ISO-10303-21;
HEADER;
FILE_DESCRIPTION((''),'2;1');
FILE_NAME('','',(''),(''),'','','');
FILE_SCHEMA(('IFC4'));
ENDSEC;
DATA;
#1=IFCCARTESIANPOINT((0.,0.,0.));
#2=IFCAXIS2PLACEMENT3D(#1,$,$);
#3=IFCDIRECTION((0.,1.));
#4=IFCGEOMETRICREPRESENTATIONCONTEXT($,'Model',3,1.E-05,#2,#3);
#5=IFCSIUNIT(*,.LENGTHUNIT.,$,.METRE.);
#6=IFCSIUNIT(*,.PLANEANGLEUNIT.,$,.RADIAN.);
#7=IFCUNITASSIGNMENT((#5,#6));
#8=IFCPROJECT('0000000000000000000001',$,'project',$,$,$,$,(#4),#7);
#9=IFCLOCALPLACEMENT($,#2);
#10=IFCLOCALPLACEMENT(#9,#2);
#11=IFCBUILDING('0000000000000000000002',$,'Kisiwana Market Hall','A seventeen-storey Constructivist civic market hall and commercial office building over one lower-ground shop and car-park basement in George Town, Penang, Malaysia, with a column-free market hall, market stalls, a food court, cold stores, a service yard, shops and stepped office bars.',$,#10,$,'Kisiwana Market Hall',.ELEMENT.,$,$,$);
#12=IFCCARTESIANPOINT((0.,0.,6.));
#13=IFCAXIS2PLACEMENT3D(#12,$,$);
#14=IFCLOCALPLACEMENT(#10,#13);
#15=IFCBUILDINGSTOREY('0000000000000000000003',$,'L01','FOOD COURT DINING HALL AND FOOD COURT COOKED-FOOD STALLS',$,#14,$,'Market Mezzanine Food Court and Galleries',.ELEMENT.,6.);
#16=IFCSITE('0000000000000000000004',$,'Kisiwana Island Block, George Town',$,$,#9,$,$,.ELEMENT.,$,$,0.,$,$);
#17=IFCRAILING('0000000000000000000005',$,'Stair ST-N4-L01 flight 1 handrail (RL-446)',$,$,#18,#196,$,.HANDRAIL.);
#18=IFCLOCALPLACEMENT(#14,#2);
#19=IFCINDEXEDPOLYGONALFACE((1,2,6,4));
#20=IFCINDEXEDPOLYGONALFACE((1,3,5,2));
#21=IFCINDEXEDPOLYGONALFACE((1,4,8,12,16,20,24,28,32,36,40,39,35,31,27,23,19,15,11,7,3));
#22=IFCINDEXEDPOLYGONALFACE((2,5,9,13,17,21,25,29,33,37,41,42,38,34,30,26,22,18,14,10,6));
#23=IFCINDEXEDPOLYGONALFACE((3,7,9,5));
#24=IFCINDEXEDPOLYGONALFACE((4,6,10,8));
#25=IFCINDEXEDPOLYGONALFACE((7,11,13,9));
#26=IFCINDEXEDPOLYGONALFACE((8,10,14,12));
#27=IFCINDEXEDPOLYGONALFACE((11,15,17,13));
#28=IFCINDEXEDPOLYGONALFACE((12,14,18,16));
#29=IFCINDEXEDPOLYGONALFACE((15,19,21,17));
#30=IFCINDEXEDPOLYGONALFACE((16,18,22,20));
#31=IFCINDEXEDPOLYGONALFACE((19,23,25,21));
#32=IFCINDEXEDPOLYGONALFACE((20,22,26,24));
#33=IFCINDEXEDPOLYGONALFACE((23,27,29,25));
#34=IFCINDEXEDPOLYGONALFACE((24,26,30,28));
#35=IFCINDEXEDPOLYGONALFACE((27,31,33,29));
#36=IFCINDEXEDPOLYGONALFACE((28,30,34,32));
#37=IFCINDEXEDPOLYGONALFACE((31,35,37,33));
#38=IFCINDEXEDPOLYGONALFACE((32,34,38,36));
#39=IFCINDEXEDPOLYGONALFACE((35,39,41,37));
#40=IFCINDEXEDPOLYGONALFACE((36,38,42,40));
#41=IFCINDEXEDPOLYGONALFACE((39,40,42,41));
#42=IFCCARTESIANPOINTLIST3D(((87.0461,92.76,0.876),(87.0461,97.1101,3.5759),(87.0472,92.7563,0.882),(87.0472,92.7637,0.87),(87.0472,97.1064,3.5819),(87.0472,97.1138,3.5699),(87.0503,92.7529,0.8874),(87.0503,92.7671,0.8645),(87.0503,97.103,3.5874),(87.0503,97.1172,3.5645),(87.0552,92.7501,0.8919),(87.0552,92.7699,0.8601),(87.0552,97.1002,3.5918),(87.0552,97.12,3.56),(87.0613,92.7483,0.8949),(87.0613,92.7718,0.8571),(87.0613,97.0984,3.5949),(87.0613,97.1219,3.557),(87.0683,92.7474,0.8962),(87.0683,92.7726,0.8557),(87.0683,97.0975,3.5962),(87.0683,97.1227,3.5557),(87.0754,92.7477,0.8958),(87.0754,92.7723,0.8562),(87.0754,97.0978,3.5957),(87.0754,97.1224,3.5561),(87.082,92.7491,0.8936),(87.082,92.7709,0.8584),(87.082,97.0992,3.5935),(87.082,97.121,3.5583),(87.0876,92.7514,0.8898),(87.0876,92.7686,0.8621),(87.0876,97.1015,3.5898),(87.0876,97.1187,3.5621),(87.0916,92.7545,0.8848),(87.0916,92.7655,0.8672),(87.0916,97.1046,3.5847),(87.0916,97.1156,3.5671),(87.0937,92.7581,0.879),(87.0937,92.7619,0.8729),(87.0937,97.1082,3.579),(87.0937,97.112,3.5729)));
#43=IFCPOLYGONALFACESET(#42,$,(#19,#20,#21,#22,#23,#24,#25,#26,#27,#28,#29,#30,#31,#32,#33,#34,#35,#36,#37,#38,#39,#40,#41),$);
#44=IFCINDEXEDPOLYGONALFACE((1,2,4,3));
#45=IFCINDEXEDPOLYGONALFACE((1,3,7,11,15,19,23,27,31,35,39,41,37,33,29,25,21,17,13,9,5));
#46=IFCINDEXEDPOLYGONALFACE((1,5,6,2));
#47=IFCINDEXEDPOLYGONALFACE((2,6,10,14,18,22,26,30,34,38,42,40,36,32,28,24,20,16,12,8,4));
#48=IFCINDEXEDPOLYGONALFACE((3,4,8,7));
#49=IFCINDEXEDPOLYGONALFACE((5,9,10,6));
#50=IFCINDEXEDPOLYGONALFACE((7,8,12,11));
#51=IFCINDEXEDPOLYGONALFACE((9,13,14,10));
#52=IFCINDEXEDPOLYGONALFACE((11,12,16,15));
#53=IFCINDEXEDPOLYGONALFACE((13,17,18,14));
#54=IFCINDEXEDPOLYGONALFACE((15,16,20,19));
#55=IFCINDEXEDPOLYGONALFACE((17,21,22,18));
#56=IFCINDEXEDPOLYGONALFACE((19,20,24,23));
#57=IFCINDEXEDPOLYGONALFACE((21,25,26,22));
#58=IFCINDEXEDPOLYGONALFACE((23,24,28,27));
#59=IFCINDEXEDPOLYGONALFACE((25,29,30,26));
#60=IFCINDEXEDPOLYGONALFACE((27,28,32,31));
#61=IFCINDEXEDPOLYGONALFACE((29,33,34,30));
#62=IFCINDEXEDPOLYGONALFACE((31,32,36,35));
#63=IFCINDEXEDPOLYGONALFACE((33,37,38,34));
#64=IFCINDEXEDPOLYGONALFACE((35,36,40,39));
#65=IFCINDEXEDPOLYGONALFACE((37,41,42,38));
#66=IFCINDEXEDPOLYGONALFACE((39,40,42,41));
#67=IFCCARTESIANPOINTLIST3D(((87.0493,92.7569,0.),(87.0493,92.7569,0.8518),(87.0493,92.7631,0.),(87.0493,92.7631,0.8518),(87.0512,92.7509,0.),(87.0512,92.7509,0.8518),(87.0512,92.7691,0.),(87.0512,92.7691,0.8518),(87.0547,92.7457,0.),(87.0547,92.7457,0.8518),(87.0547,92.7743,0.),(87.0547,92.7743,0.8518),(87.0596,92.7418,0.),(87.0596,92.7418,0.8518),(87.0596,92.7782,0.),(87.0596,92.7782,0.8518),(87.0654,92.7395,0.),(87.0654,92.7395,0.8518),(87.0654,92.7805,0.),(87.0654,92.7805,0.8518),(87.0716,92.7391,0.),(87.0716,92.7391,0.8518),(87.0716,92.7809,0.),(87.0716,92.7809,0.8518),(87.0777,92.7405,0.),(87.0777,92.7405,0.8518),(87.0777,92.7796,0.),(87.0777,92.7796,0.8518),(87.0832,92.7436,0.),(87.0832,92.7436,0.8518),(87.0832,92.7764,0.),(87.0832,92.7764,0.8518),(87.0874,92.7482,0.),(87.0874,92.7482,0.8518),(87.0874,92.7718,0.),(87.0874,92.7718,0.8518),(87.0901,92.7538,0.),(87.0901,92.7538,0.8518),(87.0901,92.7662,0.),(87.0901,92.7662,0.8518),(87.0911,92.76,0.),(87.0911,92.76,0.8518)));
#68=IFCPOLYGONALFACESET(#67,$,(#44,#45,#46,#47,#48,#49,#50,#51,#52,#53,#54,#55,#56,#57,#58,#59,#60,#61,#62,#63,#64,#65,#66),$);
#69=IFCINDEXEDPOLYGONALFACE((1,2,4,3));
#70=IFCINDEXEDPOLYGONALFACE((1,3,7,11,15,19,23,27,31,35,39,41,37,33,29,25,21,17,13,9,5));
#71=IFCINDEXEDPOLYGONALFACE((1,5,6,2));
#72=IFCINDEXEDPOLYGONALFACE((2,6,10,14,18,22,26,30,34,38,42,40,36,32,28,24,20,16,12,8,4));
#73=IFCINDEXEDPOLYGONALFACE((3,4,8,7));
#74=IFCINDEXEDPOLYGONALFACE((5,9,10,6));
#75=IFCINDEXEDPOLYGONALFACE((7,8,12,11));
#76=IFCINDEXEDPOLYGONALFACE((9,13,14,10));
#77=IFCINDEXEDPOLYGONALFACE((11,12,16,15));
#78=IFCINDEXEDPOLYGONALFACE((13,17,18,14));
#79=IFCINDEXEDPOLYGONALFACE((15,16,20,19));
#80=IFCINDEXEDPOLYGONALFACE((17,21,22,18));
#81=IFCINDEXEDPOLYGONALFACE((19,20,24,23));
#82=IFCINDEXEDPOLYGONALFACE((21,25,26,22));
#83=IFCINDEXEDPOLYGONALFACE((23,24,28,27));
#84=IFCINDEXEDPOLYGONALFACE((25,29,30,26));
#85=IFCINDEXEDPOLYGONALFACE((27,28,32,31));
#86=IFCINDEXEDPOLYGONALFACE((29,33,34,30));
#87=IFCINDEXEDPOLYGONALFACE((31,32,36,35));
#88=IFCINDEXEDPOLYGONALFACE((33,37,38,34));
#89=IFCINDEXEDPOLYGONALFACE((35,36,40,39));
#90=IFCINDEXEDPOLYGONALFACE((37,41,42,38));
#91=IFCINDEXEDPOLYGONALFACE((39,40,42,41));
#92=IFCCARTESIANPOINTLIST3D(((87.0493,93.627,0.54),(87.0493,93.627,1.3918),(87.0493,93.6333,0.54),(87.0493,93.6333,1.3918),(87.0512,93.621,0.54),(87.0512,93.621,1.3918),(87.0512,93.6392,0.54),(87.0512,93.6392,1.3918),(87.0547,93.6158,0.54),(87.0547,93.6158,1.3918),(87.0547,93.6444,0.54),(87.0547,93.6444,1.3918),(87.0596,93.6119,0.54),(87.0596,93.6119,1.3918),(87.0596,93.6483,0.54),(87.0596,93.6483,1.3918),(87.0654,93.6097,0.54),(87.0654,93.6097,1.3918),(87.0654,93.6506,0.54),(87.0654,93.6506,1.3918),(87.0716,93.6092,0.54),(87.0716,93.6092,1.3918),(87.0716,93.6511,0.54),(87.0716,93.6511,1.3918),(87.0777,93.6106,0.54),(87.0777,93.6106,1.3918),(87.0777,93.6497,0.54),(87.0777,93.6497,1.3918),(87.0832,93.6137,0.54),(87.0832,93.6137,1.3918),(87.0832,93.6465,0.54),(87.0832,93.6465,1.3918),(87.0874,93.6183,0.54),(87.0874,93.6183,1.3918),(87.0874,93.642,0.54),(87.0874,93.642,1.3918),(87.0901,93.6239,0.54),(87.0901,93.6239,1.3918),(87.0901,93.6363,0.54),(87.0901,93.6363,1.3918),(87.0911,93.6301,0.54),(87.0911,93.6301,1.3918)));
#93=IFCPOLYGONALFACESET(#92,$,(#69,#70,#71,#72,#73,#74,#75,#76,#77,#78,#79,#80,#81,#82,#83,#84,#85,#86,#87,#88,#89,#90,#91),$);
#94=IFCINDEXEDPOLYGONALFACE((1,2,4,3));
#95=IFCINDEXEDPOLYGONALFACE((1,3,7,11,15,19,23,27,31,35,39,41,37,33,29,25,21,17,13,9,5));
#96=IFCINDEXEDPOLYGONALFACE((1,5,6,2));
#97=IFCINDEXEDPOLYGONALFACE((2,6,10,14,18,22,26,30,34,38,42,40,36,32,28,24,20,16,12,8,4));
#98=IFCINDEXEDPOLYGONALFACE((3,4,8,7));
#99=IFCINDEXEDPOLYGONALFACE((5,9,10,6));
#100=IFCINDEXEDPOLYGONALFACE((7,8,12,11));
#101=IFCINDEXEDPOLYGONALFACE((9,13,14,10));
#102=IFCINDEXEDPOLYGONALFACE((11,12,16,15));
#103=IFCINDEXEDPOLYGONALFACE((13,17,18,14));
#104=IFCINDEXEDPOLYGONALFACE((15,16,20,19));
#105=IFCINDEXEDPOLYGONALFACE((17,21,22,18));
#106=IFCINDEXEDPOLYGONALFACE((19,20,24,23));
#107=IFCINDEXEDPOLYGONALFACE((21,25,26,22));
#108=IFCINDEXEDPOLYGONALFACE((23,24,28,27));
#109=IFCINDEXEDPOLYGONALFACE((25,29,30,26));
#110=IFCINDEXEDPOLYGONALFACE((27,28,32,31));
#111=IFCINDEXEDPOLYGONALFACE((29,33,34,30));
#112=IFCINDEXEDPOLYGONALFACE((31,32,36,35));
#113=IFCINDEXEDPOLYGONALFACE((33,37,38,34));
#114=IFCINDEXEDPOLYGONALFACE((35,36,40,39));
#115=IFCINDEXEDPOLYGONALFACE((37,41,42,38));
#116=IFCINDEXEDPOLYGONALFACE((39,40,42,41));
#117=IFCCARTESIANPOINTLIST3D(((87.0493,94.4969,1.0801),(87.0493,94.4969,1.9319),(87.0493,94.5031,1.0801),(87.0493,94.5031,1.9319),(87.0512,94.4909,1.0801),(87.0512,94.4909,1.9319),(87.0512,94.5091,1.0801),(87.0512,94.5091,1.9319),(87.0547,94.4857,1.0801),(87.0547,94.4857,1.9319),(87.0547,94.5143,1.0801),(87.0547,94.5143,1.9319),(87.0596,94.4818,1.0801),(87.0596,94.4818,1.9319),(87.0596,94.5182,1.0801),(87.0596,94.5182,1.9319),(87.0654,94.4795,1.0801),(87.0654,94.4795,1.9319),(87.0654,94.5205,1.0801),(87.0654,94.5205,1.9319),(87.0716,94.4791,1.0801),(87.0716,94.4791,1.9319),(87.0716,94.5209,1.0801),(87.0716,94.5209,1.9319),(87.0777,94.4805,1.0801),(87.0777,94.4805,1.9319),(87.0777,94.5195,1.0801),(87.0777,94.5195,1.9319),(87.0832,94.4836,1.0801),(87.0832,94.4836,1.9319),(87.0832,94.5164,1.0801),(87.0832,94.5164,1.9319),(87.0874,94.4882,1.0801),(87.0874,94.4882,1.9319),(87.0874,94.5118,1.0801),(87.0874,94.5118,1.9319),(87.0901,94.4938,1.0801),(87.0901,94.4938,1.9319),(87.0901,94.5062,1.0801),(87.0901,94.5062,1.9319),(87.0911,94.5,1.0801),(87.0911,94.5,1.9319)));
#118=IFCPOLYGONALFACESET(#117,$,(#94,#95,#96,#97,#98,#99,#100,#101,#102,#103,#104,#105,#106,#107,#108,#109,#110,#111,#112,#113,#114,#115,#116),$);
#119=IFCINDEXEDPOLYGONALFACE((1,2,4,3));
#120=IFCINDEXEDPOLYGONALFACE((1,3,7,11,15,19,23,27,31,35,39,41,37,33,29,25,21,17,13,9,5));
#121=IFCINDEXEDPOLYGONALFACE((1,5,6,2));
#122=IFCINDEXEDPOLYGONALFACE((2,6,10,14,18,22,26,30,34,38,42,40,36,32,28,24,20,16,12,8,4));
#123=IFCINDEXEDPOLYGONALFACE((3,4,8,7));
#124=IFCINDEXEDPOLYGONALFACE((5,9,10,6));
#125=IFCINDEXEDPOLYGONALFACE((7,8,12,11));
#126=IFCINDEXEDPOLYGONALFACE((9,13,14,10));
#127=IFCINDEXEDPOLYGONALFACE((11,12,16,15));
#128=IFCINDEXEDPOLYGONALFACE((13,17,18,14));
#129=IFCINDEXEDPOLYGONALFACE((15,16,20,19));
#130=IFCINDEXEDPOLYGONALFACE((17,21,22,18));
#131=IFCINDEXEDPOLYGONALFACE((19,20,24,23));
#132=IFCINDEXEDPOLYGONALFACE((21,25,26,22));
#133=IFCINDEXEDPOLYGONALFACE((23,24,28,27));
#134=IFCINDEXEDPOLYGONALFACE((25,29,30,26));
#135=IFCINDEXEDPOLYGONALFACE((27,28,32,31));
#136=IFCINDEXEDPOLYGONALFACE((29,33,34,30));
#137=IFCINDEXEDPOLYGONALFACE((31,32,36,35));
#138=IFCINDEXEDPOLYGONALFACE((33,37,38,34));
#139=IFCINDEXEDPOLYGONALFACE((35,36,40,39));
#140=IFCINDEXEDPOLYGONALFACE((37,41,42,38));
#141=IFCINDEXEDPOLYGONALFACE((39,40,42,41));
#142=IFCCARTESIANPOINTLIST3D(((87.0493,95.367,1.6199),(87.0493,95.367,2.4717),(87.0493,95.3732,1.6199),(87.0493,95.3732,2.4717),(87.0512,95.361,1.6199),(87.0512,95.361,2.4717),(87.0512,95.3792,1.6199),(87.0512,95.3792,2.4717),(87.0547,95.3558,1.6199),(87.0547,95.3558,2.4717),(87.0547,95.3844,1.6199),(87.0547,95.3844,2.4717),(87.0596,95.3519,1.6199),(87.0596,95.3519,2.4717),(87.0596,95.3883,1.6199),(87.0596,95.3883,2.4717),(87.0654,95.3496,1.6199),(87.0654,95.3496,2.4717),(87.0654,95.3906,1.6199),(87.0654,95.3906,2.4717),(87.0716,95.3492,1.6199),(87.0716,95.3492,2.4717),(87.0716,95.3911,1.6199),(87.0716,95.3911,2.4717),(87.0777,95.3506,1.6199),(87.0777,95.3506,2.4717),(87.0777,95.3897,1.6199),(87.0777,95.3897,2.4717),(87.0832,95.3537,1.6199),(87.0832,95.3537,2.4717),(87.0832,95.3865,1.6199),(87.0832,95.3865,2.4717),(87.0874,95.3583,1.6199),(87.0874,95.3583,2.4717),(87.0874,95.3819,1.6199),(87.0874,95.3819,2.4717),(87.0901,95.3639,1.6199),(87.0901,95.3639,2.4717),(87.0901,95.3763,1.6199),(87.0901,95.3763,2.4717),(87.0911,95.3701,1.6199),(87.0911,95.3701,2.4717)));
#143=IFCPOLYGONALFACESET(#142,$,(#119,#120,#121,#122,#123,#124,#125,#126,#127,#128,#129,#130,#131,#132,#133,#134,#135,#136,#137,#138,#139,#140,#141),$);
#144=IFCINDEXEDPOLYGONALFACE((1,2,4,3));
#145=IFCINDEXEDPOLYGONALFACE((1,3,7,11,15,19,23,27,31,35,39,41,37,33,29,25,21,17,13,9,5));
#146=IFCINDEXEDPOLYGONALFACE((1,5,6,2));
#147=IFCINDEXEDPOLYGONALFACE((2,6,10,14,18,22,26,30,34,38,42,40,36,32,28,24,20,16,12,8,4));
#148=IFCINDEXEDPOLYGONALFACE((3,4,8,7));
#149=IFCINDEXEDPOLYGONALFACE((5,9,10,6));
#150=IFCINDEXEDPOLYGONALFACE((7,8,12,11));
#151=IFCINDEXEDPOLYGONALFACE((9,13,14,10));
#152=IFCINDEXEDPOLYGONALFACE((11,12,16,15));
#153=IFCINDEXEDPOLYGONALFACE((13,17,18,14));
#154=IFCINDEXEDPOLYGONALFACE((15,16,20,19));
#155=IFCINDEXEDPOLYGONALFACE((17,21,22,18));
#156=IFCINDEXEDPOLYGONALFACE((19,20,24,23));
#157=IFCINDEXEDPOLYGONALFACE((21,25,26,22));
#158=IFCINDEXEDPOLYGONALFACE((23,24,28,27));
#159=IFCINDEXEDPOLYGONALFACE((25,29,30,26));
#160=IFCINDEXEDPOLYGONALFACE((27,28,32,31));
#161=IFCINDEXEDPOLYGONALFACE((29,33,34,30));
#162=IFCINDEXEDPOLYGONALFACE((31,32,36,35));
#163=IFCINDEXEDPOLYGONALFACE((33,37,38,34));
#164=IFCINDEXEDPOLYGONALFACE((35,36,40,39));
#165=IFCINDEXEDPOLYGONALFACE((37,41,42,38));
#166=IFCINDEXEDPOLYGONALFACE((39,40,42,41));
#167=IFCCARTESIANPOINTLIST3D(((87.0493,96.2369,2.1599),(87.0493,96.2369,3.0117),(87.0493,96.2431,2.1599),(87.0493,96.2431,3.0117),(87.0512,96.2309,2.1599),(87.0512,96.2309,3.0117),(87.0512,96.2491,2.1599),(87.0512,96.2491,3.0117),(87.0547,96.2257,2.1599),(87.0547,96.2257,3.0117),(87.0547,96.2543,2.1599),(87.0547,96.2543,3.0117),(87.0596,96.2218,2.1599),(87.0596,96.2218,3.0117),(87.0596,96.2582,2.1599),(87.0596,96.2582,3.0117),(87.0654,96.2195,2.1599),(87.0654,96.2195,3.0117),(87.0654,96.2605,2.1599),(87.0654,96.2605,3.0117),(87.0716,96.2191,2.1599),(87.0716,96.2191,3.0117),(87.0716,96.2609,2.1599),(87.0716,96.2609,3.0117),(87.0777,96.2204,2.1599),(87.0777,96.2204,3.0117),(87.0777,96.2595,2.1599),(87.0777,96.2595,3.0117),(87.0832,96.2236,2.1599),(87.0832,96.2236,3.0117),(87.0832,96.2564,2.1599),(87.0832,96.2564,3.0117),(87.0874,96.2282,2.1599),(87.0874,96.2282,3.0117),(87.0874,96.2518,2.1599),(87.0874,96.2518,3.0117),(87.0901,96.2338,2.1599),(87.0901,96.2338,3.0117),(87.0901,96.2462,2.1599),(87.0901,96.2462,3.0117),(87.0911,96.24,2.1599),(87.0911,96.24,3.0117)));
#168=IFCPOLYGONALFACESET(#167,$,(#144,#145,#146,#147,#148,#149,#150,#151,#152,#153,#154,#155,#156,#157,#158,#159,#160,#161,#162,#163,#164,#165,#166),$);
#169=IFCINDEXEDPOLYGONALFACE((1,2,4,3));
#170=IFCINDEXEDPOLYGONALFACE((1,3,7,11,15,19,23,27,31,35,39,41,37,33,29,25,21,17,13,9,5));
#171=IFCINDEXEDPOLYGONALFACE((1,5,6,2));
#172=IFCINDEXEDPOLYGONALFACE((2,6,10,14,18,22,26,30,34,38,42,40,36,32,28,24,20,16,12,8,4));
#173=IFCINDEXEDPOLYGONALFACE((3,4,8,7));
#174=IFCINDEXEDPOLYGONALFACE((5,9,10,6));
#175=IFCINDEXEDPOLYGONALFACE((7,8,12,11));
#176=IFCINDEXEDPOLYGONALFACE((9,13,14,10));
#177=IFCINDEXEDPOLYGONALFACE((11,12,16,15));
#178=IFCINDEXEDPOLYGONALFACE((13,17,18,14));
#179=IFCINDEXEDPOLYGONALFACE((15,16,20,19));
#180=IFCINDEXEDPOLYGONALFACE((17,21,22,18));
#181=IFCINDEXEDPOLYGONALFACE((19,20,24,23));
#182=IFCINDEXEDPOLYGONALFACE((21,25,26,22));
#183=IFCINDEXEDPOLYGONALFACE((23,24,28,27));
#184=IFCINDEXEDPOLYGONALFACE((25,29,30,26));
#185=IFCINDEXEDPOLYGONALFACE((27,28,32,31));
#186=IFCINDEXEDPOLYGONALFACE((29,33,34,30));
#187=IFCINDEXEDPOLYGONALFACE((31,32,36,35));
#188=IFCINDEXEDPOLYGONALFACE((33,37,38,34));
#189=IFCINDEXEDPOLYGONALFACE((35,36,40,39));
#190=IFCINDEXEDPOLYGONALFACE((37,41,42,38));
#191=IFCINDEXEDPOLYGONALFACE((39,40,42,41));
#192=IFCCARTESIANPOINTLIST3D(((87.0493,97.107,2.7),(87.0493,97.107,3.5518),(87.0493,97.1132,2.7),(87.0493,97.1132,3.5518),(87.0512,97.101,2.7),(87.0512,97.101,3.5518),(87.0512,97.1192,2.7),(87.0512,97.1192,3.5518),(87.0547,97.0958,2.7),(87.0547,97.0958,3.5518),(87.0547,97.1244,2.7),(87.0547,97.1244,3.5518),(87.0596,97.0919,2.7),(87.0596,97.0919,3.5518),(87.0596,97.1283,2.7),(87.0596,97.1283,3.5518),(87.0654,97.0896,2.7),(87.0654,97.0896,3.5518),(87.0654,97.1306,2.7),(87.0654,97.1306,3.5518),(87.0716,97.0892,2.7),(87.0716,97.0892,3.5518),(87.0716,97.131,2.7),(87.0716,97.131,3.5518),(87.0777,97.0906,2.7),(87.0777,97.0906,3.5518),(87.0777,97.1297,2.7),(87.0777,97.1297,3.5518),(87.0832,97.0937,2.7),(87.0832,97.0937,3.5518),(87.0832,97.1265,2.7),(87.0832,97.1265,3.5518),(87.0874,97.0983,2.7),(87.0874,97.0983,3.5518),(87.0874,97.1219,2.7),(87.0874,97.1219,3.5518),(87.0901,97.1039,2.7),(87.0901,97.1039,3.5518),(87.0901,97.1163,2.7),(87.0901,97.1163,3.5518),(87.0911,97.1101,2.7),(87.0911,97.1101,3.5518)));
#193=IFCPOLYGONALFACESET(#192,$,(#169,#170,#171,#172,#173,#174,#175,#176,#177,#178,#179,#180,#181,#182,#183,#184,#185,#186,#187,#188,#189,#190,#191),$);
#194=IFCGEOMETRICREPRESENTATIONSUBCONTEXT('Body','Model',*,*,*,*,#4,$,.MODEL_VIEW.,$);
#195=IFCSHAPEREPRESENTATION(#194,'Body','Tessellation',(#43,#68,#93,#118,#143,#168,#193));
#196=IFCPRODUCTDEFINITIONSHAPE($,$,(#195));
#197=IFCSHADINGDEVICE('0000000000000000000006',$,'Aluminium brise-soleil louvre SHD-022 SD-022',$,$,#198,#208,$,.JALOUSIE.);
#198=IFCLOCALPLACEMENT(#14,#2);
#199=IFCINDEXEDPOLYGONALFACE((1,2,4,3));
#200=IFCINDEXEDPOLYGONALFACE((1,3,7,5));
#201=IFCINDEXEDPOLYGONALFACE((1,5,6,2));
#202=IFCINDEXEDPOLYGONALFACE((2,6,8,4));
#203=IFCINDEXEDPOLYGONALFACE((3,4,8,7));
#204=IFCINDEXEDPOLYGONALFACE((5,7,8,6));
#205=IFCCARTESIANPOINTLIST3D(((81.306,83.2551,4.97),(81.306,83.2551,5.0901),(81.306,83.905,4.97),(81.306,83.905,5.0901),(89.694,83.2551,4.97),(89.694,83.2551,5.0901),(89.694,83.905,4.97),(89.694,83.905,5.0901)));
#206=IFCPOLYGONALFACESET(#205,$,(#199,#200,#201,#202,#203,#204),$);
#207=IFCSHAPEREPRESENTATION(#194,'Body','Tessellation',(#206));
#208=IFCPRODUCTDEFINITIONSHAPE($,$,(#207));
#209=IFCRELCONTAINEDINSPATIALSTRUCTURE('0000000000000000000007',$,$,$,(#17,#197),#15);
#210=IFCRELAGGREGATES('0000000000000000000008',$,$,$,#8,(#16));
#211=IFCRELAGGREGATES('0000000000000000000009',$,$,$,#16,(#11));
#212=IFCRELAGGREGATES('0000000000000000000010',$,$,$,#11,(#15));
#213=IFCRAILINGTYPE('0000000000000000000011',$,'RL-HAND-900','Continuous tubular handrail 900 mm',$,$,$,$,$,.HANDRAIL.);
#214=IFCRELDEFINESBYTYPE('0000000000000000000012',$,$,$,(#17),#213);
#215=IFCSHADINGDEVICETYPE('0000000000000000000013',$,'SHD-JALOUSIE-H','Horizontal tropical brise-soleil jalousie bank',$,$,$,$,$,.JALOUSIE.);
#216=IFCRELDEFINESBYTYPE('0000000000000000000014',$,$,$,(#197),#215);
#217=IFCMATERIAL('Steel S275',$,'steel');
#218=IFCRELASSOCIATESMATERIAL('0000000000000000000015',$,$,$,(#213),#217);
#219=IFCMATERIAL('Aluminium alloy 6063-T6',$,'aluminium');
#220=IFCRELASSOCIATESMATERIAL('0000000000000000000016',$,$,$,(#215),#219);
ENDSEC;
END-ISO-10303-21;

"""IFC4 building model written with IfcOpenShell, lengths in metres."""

from ifc_helpers import new_model, si_unit, direction, frame, origin, origin_2d, place, context, subcontext, project, spatial, rectangle, circle, extrude, material, type_object, element, save


model = new_model("IFC4")

# Units and contexts
model_context = context("Model", 3, precision=1e-05, world=origin(), true_north=direction((0.0, 1.0)))
body_context = subcontext(model_context, "Body", "Model", "MODEL_VIEW")
ifc_project = project(units=[si_unit("LENGTHUNIT", "METRE"), si_unit("PLANEANGLEUNIT", "RADIAN")], contexts=[model_context])

# Site, building, storey
site_placement = place(None, origin())
site = spatial("IfcSite", under=ifc_project, at=site_placement, Name="Kisiwana Island Block, George Town", CompositionType="ELEMENT", RefElevation=0.0)
building_placement = place(site_placement, origin())
building = spatial("IfcBuilding", under=site, at=building_placement, Name="Kisiwana Market Hall", Description="A seventeen-storey Constructivist civic market hall and commercial office building over one lower-ground shop and car-park basement in George Town, Penang, Malaysia, with a column-free market hall, market stalls, a food court, cold stores, a service yard, shops and stepped office bars.", LongName="Kisiwana Market Hall", CompositionType="ELEMENT")
storey_placement = place(building_placement, frame((0.0, 0.0, 6.0)))
storey = spatial("IfcBuildingStorey", under=building, at=storey_placement, Name="L01", Description="FOOD COURT DINING HALL AND FOOD COURT COOKED-FOOD STALLS", LongName="Market Mezzanine Food Court and Galleries", CompositionType="ELEMENT", Elevation=6.0)

# Railing
ifc_material_1 = material(Name="Steel S275", Category="steel")
railing_type_1 = type_object("IfcRailingType", Name="RL-HAND-900", Description="Continuous tubular handrail 900 mm", PredefinedType="HANDRAIL", material=ifc_material_1)
railing_1_placement = place(storey_placement, frame((87.0701, 92.76, 0.0)))
element("IfcRailing", 1, at=railing_1_placement, inside=storey, type_object=railing_type_1, Name="Stair ST-N4-L01 flight 1 handrail (RL-446)", PredefinedType="HANDRAIL", context=body_context, shape_type="SweptSolid", body=[
    extrude(circle(Radius=0.0239, at=origin_2d()), frame((0.0, 0.0, 0.876), z_axis=(0.0, 0.84965, 0.527347), x_axis=(-1.0, 0.0, 0.0)), (0.0, 0.0, 1.0), 5.1199),
    extrude(circle(Radius=0.021, at=origin_2d()), origin(), (0.0, 0.0, 1.0), 0.8518),
    extrude(circle(Radius=0.021, at=origin_2d()), frame((0.0, 0.8701, 0.54)), (0.0, 0.0, 1.0), 0.8518),
    extrude(circle(Radius=0.021, at=origin_2d()), frame((0.0, 1.74, 1.0801)), (0.0, 0.0, 1.0), 0.8518),
    extrude(circle(Radius=0.021, at=origin_2d()), frame((0.0, 2.6101, 1.6199)), (0.0, 0.0, 1.0), 0.8518),
    extrude(circle(Radius=0.021, at=origin_2d()), frame((0.0, 3.48, 2.1599)), (0.0, 0.0, 1.0), 0.8518),
    extrude(circle(Radius=0.021, at=origin_2d()), frame((0.0, 4.3501, 2.7)), (0.0, 0.0, 1.0), 0.8518),
])

# Shading device
ifc_material_2 = material(Name="Aluminium alloy 6063-T6", Category="aluminium")
shading_device_type = type_object("IfcShadingDeviceType", Name="SHD-JALOUSIE-H", Description="Horizontal tropical brise-soleil jalousie bank", PredefinedType="JALOUSIE", material=ifc_material_2)
shading_device_placement = place(storey_placement, frame((85.5, 83.5801, 4.97), z_axis=(0.0, 0.0, 1.0), x_axis=(1.0, 0.0, 0.0)))
element("IfcShadingDevice", 2, at=shading_device_placement, inside=storey, type_object=shading_device_type, Name="Aluminium brise-soleil louvre SHD-022 SD-022", PredefinedType="JALOUSIE", context=body_context, shape_type="SweptSolid", body=[
    extrude(rectangle(XDim=8.3879, YDim=0.6499, at=origin_2d()), origin(), (0.0, 0.0, 1.0), 0.1201),
])

save(model, "model.ifc")
